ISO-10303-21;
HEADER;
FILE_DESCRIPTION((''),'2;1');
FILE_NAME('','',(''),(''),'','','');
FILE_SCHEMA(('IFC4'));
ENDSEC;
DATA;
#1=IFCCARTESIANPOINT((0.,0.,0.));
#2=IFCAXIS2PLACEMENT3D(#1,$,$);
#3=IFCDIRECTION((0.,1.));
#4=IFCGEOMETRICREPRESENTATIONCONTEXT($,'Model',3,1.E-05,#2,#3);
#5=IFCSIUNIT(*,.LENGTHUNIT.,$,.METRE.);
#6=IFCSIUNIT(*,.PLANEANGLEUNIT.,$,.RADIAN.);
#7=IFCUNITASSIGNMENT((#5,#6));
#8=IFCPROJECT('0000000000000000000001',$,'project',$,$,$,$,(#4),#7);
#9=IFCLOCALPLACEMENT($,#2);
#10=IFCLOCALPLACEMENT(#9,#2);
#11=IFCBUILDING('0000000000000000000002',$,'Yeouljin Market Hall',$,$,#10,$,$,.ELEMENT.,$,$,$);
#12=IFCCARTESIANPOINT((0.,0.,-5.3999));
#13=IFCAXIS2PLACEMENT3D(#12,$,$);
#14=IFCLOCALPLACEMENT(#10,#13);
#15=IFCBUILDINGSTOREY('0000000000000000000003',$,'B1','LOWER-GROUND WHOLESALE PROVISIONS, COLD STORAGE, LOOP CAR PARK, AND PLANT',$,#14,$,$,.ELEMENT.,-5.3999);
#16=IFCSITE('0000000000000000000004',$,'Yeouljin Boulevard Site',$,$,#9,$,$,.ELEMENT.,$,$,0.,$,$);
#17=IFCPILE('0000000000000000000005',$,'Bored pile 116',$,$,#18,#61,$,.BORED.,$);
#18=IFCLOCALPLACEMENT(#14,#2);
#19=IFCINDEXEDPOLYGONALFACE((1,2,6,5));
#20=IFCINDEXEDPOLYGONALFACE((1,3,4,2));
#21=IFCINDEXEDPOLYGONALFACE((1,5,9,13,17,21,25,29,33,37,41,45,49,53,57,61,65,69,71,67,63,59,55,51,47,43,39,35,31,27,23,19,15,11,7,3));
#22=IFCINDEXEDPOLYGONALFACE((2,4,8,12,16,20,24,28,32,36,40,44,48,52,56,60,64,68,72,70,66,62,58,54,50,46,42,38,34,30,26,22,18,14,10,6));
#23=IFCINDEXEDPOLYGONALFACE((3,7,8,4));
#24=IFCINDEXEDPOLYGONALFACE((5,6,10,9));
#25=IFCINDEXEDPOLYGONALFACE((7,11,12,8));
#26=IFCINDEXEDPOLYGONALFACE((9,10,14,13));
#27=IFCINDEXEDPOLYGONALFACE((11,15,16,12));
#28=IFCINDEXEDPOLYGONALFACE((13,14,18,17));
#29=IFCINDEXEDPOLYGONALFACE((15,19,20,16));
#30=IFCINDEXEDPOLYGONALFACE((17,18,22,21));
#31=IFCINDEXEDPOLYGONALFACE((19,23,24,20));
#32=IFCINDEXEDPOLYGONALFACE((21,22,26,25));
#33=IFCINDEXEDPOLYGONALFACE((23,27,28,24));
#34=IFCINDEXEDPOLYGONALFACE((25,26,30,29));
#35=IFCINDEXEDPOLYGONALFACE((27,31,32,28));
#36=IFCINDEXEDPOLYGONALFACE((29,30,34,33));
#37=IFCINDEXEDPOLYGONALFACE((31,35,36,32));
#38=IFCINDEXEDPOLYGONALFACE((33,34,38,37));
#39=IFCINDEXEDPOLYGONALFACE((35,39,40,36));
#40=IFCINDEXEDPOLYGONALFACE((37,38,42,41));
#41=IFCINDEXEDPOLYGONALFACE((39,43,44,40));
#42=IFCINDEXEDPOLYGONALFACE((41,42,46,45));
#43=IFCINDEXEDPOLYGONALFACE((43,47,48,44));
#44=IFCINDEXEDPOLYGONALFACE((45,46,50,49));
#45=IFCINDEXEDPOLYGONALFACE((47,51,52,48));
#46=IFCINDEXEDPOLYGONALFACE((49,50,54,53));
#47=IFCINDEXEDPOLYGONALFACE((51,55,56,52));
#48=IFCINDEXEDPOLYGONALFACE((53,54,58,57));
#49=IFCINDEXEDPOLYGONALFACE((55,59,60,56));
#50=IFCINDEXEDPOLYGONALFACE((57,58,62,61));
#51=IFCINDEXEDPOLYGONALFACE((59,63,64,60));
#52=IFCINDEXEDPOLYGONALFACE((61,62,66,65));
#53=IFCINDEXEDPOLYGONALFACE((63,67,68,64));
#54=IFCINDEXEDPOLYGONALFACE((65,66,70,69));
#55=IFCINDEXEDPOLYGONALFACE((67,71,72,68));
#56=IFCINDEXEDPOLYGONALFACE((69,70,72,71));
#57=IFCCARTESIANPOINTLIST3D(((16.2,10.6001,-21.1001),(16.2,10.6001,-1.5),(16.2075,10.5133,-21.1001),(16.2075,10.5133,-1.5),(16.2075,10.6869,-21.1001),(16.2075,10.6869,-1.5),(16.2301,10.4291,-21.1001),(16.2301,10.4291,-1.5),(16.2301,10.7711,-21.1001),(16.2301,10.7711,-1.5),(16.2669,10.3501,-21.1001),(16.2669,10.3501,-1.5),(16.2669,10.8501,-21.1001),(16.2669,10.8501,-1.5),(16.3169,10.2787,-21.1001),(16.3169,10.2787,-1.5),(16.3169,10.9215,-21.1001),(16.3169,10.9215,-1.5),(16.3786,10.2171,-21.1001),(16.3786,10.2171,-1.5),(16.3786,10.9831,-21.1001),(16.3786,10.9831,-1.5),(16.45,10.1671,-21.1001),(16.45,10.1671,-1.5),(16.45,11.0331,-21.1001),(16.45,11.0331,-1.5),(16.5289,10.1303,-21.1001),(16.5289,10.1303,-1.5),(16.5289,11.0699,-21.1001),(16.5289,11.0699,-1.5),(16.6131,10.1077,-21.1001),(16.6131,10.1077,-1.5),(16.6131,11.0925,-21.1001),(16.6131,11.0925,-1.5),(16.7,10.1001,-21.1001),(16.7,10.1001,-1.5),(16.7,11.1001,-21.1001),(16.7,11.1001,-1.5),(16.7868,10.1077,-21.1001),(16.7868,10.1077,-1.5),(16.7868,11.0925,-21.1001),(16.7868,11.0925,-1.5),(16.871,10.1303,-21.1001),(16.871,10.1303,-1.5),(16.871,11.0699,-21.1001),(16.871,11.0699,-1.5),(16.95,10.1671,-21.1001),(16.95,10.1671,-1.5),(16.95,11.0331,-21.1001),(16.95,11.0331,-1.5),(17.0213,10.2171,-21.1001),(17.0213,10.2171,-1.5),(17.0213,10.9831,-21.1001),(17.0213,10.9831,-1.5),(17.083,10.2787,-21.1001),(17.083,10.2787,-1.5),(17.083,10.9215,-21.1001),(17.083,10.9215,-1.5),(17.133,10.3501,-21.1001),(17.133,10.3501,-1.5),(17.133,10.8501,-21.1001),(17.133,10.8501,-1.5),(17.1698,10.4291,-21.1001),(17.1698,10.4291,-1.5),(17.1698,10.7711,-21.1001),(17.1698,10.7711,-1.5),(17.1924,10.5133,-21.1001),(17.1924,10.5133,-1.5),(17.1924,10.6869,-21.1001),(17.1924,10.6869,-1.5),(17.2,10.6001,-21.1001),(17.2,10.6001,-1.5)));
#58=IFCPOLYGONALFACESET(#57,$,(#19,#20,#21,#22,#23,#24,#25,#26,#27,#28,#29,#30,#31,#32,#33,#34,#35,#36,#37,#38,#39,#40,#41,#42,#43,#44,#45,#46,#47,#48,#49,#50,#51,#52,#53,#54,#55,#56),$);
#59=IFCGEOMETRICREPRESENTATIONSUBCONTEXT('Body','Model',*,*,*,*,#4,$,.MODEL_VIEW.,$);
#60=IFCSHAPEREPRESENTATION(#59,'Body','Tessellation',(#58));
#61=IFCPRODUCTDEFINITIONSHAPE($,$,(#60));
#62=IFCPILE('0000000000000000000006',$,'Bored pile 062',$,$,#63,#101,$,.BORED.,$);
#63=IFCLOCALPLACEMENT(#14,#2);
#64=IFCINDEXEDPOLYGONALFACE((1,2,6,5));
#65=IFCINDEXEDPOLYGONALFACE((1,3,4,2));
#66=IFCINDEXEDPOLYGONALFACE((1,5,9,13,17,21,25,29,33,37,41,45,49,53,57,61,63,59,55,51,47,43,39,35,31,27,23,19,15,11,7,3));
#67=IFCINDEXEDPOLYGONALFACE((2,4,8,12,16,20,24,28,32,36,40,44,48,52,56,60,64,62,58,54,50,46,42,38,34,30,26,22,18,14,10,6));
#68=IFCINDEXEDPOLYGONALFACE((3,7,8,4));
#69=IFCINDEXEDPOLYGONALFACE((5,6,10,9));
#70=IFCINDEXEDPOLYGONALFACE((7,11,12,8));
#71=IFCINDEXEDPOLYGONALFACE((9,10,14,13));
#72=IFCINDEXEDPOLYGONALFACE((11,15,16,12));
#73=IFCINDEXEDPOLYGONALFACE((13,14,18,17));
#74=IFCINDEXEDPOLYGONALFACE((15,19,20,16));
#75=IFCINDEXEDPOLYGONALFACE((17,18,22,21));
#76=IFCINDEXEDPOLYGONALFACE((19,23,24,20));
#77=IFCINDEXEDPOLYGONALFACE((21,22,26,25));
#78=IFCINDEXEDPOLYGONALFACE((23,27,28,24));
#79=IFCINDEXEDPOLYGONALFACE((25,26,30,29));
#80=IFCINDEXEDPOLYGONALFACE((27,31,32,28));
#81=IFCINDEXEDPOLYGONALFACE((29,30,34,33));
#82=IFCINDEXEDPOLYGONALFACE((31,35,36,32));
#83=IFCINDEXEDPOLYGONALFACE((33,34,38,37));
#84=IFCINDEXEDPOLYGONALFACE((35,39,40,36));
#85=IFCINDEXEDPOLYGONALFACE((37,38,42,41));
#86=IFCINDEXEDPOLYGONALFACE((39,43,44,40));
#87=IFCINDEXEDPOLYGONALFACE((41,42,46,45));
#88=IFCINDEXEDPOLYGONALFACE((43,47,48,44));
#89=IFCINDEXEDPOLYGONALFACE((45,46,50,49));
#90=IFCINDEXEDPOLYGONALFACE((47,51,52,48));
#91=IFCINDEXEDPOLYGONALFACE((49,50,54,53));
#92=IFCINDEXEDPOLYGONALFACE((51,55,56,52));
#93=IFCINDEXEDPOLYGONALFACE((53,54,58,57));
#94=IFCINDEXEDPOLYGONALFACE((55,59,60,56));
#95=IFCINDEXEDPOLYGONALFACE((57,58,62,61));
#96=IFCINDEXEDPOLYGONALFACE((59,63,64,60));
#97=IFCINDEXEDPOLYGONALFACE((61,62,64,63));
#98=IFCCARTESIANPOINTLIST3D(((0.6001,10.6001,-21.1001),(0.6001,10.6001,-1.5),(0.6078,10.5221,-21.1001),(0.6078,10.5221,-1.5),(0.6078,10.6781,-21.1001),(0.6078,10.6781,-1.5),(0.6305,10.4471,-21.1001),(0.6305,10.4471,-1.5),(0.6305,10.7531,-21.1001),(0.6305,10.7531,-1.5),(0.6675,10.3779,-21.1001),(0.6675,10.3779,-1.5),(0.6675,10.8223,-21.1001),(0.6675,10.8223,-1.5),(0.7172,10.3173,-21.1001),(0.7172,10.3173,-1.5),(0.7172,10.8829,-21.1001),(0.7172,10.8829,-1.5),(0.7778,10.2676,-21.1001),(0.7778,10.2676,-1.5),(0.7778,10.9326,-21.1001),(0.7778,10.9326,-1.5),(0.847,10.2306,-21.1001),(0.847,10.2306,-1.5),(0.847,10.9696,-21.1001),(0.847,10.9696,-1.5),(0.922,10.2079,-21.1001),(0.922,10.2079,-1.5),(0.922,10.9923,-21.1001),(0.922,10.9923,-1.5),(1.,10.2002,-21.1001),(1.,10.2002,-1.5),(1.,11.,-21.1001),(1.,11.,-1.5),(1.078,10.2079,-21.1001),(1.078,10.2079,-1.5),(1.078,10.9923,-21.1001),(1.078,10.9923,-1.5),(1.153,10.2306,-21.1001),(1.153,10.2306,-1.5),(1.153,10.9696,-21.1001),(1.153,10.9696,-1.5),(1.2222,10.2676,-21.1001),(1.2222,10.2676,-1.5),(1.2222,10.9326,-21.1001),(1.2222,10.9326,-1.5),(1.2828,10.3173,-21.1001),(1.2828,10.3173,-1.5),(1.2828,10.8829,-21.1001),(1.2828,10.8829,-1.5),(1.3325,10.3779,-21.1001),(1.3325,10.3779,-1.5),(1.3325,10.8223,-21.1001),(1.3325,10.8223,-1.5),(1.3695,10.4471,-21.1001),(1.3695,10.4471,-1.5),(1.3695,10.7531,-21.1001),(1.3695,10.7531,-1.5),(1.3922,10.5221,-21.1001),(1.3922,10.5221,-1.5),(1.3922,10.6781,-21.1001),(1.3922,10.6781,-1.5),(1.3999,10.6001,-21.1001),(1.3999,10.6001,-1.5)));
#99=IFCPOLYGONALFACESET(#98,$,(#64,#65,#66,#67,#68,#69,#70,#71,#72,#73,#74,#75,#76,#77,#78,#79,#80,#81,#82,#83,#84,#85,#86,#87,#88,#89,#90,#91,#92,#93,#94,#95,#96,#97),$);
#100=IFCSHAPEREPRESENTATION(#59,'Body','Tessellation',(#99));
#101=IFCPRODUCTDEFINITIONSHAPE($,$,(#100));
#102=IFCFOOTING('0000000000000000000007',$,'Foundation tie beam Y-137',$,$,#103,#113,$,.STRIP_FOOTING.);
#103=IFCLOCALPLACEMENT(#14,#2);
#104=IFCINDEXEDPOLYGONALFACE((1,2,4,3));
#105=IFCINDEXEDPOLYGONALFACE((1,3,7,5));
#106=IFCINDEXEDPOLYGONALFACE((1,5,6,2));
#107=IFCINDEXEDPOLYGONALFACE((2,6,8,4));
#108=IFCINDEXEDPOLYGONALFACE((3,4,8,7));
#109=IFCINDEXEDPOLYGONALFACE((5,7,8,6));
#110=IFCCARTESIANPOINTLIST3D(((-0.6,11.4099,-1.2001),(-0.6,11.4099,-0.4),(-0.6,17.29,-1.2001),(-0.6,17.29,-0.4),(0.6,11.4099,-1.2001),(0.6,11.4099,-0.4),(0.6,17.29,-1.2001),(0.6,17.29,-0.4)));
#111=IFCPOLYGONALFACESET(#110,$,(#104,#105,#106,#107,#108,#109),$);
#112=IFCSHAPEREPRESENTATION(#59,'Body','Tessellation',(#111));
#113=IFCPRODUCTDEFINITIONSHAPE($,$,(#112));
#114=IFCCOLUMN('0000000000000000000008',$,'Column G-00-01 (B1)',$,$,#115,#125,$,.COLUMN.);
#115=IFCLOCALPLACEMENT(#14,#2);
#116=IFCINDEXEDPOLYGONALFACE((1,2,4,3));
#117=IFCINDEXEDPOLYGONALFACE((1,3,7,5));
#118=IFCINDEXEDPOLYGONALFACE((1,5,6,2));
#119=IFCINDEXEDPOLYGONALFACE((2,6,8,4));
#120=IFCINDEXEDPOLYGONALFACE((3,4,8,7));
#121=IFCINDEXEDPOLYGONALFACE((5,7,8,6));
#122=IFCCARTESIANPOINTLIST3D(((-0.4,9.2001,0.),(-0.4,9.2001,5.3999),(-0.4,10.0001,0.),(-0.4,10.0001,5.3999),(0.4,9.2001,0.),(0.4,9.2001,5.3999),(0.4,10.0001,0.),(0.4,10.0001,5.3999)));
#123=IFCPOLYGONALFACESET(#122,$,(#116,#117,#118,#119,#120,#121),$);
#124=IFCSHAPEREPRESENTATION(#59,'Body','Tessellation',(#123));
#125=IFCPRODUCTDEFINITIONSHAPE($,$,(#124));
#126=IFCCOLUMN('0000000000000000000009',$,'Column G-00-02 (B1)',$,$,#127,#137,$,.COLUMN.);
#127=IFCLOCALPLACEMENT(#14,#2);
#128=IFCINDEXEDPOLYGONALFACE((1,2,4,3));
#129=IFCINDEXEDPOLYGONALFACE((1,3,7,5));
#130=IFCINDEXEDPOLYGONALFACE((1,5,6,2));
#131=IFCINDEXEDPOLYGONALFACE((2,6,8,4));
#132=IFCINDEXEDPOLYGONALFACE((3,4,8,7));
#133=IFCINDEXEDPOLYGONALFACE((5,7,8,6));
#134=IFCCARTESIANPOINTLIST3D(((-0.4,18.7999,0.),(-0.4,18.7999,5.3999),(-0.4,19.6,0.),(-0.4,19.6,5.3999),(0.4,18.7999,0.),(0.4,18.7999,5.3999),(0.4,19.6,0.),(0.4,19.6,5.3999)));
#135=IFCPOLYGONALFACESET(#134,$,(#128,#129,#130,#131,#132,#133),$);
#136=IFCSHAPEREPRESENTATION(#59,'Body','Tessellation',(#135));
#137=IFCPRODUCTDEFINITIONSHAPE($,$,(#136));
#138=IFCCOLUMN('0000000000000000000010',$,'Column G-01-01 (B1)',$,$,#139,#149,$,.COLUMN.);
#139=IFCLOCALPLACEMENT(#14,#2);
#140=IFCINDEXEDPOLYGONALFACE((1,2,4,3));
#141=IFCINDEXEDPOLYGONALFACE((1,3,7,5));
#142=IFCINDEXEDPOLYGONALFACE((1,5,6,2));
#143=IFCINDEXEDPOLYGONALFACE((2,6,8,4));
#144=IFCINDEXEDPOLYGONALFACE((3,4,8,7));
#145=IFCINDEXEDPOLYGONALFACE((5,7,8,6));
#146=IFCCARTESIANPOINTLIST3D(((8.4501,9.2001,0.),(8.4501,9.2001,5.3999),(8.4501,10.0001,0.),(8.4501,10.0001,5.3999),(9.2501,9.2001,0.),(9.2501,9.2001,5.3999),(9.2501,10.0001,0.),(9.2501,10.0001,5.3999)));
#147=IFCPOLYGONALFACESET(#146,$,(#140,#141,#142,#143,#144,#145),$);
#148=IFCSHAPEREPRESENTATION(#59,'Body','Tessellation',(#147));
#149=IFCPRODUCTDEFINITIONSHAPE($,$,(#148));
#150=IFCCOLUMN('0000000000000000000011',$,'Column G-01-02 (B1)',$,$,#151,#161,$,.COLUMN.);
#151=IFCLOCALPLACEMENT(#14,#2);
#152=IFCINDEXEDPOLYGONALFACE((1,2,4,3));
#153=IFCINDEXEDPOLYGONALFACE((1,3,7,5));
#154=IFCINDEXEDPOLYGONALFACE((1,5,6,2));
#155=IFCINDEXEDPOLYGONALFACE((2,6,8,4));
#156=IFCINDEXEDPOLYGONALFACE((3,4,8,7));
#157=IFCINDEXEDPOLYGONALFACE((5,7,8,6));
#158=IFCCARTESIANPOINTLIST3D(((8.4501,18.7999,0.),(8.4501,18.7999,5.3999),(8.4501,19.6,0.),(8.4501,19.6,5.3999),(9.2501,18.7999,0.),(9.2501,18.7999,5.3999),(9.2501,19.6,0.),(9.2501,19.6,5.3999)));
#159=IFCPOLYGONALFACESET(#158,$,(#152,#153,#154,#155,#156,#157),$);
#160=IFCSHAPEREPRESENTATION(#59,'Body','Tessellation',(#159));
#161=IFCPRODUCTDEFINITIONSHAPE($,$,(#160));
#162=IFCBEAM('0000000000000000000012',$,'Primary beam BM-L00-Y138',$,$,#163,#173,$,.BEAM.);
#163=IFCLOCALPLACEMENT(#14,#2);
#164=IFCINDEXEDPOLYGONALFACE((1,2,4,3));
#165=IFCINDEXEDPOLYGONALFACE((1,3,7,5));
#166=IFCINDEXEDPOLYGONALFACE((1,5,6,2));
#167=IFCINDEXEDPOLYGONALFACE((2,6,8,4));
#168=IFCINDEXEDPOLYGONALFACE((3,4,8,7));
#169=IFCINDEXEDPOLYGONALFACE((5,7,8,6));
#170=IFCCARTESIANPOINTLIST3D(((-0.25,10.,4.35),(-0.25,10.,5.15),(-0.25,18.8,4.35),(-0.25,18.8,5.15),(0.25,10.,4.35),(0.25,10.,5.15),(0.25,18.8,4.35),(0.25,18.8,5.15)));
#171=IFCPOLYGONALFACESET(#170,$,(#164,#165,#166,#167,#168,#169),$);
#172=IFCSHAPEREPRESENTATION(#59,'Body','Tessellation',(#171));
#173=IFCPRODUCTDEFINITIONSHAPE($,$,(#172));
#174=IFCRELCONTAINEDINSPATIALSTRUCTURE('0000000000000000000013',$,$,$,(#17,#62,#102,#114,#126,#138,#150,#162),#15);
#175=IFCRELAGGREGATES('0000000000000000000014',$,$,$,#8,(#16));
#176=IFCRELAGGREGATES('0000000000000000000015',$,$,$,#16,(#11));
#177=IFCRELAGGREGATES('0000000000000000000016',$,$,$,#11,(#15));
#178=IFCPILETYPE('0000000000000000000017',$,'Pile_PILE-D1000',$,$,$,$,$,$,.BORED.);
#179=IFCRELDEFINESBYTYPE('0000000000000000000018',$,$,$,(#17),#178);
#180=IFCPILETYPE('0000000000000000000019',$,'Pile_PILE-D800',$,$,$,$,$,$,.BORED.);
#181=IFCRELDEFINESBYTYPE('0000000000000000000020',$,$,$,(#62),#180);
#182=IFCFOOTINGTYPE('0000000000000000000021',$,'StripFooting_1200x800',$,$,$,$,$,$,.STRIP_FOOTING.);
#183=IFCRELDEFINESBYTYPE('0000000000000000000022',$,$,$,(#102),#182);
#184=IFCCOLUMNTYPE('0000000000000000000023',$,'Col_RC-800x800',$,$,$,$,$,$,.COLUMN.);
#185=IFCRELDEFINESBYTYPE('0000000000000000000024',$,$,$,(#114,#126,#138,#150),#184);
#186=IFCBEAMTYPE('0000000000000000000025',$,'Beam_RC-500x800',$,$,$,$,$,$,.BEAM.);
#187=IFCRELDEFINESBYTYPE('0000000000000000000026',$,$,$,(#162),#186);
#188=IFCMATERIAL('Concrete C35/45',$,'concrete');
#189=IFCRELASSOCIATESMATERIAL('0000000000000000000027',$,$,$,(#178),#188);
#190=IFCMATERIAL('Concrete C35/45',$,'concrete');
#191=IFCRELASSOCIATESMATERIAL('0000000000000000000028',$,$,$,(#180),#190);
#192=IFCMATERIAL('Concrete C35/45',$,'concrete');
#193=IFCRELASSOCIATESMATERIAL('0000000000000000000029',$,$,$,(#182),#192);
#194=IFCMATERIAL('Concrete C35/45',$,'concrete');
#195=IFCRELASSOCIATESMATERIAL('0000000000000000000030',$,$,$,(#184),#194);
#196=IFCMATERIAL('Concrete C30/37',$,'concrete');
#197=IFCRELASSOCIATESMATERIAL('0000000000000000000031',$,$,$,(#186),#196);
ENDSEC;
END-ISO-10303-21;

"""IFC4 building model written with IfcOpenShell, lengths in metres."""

from ifc_helpers import new_model, si_unit, direction, frame, origin, origin_2d, place, context, subcontext, project, spatial, rectangle, circle, extrude, material, material_profile, profile_set, type_object, element, save


model = new_model("IFC4")

# Units and contexts
model_context = context("Model", 3, precision=1e-05, world=origin(), true_north=direction((0.0, 1.0)))
body_context = subcontext(model_context, "Body", "Model", "MODEL_VIEW")
ifc_project = project(units=[si_unit("LENGTHUNIT", "METRE"), si_unit("PLANEANGLEUNIT", "RADIAN")], contexts=[model_context])

# Site, building, storey
site_placement = place(None, origin())
site = spatial("IfcSite", under=ifc_project, at=site_placement, Name="Yeouljin Boulevard Site", CompositionType="ELEMENT", RefElevation=0.0)
building_placement = place(site_placement, origin())
building = spatial("IfcBuilding", under=site, at=building_placement, Name="Yeouljin Market Hall", CompositionType="ELEMENT")
storey_placement = place(building_placement, frame((0.0, 0.0, -5.3999)))
storey = spatial("IfcBuildingStorey", under=building, at=storey_placement, Name="B1", Description="LOWER-GROUND WHOLESALE PROVISIONS, COLD STORAGE, LOOP CAR PARK, AND PLANT", CompositionType="ELEMENT", Elevation=-5.3999)

# Piles
ifc_material_1 = material(Name="Concrete C35/45", Category="concrete")
ifc_material_profile_1 = material_profile(ifc_material_1, circle(Radius=0.5, at=origin_2d()), Name="PILE-D1000")
ifc_profile_set_1 = profile_set([ifc_material_profile_1], Name="Concrete C35/45")
pile_type_1 = type_object("IfcPileType", Name="Pile_PILE-D1000", PredefinedType="BORED", material=ifc_profile_set_1)
for number, where, z_axis, x_axis, name in (
    (1, (16.7, 10.6001, -1.5), (0.0, 0.0, -1.0), (1.0, 0.0, 0.0), "Bored pile 116"),
):
    element("IfcPile", number, at=place(storey_placement, frame(where, z_axis=z_axis, x_axis=x_axis)), inside=storey, type_object=pile_type_1, Name=name, PredefinedType="BORED", context=body_context, shape_type="SweptSolid", body=[
        extrude(circle(Radius=0.5, at=origin_2d()), origin(), (0.0, 0.0, 1.0), 19.6001),
    ])
ifc_material_2 = material(Name="Concrete C35/45", Category="concrete")
ifc_material_profile_2 = material_profile(ifc_material_2, circle(Radius=0.3999, at=origin_2d()), Name="PILE-D800")
ifc_profile_set_2 = profile_set([ifc_material_profile_2], Name="Concrete C35/45")
pile_type_2 = type_object("IfcPileType", Name="Pile_PILE-D800", PredefinedType="BORED", material=ifc_profile_set_2)
pile_placement = place(storey_placement, frame((1.0, 10.6001, -1.5), z_axis=(0.0, 0.0, -1.0), x_axis=(1.0, 0.0, 0.0)))
element("IfcPile", 2, at=pile_placement, inside=storey, type_object=pile_type_2, Name="Bored pile 062", PredefinedType="BORED", context=body_context, shape_type="SweptSolid", body=[
    extrude(circle(Radius=0.3999, at=origin_2d()), origin(), (0.0, 0.0, 1.0), 19.6001),
])

# Footing
ifc_material_3 = material(Name="Concrete C35/45", Category="concrete")
ifc_material_profile_3 = material_profile(ifc_material_3, rectangle(XDim=1.2, YDim=0.8, at=origin_2d()), Name="SF-1200x800")
ifc_profile_set_3 = profile_set([ifc_material_profile_3], Name="Concrete C35/45")
footing_type_1 = type_object("IfcFootingType", Name="StripFooting_1200x800", PredefinedType="STRIP_FOOTING", material=ifc_profile_set_3)
footing_1_placement = place(storey_placement, frame((0.0, 11.4099, -0.8), z_axis=(0.0, 1.0, 0.0), x_axis=(-1.0, 0.0, 0.0)))
element("IfcFooting", 3, at=footing_1_placement, inside=storey, type_object=footing_type_1, Name="Foundation tie beam Y-137", PredefinedType="STRIP_FOOTING", context=body_context, shape_type="SweptSolid", body=[
    extrude(rectangle(XDim=1.2, YDim=0.8, at=origin_2d()), origin(), (0.0, 0.0, 1.0), 5.8801),
])

# Columns
ifc_material_4 = material(Name="Concrete C35/45", Category="concrete")
ifc_material_profile_4 = material_profile(ifc_material_4, rectangle(XDim=0.8, YDim=0.8, at=origin_2d()), Name="RC-800x800")
ifc_profile_set_4 = profile_set([ifc_material_profile_4], Name="Concrete C35/45")
column_type = type_object("IfcColumnType", Name="Col_RC-800x800", PredefinedType="COLUMN", material=ifc_profile_set_4)
for number, where, z_axis, x_axis, name in (
    (4, (0.0, 9.6001, 0.0), (0.0, 0.0, 1.0), (1.0, 0.0, 0.0), "Column G-00-01 (B1)"),
    (5, (0.0, 19.2, 0.0), (0.0, 0.0, 1.0), (1.0, 0.0, 0.0), "Column G-00-02 (B1)"),
    (6, (8.8501, 9.6001, 0.0), (0.0, 0.0, 1.0), (1.0, 0.0, 0.0), "Column G-01-01 (B1)"),
    (7, (8.8501, 19.2, 0.0), (0.0, 0.0, 1.0), (1.0, 0.0, 0.0), "Column G-01-02 (B1)"),
):
    element("IfcColumn", number, at=place(storey_placement, frame(where, z_axis=z_axis, x_axis=x_axis)), inside=storey, type_object=column_type, Name=name, PredefinedType="COLUMN", context=body_context, shape_type="SweptSolid", body=[
        extrude(rectangle(XDim=0.8, YDim=0.8, at=origin_2d()), origin(), (0.0, 0.0, 1.0), 5.3999),
    ])

# Beam
ifc_material_5 = material(Name="Concrete C30/37", Category="concrete")
ifc_material_profile_5 = material_profile(ifc_material_5, rectangle(XDim=0.5, YDim=0.8, at=origin_2d()), Name="RC-500x800")
ifc_profile_set_5 = profile_set([ifc_material_profile_5], Name="Concrete C30/37")
beam_type_1 = type_object("IfcBeamType", Name="Beam_RC-500x800", PredefinedType="BEAM", material=ifc_profile_set_5)
beam_1_placement = place(storey_placement, frame((0.0, 10.0, 4.75), z_axis=(0.0, 1.0, 0.0), x_axis=(-1.0, 0.0, 0.0)))
element("IfcBeam", 8, at=beam_1_placement, inside=storey, type_object=beam_type_1, Name="Primary beam BM-L00-Y138", PredefinedType="BEAM", context=body_context, shape_type="SweptSolid", body=[
    extrude(rectangle(XDim=0.5, YDim=0.8, at=origin_2d()), origin(), (0.0, 0.0, 1.0), 8.8),
])

save(model, "model.ifc")
